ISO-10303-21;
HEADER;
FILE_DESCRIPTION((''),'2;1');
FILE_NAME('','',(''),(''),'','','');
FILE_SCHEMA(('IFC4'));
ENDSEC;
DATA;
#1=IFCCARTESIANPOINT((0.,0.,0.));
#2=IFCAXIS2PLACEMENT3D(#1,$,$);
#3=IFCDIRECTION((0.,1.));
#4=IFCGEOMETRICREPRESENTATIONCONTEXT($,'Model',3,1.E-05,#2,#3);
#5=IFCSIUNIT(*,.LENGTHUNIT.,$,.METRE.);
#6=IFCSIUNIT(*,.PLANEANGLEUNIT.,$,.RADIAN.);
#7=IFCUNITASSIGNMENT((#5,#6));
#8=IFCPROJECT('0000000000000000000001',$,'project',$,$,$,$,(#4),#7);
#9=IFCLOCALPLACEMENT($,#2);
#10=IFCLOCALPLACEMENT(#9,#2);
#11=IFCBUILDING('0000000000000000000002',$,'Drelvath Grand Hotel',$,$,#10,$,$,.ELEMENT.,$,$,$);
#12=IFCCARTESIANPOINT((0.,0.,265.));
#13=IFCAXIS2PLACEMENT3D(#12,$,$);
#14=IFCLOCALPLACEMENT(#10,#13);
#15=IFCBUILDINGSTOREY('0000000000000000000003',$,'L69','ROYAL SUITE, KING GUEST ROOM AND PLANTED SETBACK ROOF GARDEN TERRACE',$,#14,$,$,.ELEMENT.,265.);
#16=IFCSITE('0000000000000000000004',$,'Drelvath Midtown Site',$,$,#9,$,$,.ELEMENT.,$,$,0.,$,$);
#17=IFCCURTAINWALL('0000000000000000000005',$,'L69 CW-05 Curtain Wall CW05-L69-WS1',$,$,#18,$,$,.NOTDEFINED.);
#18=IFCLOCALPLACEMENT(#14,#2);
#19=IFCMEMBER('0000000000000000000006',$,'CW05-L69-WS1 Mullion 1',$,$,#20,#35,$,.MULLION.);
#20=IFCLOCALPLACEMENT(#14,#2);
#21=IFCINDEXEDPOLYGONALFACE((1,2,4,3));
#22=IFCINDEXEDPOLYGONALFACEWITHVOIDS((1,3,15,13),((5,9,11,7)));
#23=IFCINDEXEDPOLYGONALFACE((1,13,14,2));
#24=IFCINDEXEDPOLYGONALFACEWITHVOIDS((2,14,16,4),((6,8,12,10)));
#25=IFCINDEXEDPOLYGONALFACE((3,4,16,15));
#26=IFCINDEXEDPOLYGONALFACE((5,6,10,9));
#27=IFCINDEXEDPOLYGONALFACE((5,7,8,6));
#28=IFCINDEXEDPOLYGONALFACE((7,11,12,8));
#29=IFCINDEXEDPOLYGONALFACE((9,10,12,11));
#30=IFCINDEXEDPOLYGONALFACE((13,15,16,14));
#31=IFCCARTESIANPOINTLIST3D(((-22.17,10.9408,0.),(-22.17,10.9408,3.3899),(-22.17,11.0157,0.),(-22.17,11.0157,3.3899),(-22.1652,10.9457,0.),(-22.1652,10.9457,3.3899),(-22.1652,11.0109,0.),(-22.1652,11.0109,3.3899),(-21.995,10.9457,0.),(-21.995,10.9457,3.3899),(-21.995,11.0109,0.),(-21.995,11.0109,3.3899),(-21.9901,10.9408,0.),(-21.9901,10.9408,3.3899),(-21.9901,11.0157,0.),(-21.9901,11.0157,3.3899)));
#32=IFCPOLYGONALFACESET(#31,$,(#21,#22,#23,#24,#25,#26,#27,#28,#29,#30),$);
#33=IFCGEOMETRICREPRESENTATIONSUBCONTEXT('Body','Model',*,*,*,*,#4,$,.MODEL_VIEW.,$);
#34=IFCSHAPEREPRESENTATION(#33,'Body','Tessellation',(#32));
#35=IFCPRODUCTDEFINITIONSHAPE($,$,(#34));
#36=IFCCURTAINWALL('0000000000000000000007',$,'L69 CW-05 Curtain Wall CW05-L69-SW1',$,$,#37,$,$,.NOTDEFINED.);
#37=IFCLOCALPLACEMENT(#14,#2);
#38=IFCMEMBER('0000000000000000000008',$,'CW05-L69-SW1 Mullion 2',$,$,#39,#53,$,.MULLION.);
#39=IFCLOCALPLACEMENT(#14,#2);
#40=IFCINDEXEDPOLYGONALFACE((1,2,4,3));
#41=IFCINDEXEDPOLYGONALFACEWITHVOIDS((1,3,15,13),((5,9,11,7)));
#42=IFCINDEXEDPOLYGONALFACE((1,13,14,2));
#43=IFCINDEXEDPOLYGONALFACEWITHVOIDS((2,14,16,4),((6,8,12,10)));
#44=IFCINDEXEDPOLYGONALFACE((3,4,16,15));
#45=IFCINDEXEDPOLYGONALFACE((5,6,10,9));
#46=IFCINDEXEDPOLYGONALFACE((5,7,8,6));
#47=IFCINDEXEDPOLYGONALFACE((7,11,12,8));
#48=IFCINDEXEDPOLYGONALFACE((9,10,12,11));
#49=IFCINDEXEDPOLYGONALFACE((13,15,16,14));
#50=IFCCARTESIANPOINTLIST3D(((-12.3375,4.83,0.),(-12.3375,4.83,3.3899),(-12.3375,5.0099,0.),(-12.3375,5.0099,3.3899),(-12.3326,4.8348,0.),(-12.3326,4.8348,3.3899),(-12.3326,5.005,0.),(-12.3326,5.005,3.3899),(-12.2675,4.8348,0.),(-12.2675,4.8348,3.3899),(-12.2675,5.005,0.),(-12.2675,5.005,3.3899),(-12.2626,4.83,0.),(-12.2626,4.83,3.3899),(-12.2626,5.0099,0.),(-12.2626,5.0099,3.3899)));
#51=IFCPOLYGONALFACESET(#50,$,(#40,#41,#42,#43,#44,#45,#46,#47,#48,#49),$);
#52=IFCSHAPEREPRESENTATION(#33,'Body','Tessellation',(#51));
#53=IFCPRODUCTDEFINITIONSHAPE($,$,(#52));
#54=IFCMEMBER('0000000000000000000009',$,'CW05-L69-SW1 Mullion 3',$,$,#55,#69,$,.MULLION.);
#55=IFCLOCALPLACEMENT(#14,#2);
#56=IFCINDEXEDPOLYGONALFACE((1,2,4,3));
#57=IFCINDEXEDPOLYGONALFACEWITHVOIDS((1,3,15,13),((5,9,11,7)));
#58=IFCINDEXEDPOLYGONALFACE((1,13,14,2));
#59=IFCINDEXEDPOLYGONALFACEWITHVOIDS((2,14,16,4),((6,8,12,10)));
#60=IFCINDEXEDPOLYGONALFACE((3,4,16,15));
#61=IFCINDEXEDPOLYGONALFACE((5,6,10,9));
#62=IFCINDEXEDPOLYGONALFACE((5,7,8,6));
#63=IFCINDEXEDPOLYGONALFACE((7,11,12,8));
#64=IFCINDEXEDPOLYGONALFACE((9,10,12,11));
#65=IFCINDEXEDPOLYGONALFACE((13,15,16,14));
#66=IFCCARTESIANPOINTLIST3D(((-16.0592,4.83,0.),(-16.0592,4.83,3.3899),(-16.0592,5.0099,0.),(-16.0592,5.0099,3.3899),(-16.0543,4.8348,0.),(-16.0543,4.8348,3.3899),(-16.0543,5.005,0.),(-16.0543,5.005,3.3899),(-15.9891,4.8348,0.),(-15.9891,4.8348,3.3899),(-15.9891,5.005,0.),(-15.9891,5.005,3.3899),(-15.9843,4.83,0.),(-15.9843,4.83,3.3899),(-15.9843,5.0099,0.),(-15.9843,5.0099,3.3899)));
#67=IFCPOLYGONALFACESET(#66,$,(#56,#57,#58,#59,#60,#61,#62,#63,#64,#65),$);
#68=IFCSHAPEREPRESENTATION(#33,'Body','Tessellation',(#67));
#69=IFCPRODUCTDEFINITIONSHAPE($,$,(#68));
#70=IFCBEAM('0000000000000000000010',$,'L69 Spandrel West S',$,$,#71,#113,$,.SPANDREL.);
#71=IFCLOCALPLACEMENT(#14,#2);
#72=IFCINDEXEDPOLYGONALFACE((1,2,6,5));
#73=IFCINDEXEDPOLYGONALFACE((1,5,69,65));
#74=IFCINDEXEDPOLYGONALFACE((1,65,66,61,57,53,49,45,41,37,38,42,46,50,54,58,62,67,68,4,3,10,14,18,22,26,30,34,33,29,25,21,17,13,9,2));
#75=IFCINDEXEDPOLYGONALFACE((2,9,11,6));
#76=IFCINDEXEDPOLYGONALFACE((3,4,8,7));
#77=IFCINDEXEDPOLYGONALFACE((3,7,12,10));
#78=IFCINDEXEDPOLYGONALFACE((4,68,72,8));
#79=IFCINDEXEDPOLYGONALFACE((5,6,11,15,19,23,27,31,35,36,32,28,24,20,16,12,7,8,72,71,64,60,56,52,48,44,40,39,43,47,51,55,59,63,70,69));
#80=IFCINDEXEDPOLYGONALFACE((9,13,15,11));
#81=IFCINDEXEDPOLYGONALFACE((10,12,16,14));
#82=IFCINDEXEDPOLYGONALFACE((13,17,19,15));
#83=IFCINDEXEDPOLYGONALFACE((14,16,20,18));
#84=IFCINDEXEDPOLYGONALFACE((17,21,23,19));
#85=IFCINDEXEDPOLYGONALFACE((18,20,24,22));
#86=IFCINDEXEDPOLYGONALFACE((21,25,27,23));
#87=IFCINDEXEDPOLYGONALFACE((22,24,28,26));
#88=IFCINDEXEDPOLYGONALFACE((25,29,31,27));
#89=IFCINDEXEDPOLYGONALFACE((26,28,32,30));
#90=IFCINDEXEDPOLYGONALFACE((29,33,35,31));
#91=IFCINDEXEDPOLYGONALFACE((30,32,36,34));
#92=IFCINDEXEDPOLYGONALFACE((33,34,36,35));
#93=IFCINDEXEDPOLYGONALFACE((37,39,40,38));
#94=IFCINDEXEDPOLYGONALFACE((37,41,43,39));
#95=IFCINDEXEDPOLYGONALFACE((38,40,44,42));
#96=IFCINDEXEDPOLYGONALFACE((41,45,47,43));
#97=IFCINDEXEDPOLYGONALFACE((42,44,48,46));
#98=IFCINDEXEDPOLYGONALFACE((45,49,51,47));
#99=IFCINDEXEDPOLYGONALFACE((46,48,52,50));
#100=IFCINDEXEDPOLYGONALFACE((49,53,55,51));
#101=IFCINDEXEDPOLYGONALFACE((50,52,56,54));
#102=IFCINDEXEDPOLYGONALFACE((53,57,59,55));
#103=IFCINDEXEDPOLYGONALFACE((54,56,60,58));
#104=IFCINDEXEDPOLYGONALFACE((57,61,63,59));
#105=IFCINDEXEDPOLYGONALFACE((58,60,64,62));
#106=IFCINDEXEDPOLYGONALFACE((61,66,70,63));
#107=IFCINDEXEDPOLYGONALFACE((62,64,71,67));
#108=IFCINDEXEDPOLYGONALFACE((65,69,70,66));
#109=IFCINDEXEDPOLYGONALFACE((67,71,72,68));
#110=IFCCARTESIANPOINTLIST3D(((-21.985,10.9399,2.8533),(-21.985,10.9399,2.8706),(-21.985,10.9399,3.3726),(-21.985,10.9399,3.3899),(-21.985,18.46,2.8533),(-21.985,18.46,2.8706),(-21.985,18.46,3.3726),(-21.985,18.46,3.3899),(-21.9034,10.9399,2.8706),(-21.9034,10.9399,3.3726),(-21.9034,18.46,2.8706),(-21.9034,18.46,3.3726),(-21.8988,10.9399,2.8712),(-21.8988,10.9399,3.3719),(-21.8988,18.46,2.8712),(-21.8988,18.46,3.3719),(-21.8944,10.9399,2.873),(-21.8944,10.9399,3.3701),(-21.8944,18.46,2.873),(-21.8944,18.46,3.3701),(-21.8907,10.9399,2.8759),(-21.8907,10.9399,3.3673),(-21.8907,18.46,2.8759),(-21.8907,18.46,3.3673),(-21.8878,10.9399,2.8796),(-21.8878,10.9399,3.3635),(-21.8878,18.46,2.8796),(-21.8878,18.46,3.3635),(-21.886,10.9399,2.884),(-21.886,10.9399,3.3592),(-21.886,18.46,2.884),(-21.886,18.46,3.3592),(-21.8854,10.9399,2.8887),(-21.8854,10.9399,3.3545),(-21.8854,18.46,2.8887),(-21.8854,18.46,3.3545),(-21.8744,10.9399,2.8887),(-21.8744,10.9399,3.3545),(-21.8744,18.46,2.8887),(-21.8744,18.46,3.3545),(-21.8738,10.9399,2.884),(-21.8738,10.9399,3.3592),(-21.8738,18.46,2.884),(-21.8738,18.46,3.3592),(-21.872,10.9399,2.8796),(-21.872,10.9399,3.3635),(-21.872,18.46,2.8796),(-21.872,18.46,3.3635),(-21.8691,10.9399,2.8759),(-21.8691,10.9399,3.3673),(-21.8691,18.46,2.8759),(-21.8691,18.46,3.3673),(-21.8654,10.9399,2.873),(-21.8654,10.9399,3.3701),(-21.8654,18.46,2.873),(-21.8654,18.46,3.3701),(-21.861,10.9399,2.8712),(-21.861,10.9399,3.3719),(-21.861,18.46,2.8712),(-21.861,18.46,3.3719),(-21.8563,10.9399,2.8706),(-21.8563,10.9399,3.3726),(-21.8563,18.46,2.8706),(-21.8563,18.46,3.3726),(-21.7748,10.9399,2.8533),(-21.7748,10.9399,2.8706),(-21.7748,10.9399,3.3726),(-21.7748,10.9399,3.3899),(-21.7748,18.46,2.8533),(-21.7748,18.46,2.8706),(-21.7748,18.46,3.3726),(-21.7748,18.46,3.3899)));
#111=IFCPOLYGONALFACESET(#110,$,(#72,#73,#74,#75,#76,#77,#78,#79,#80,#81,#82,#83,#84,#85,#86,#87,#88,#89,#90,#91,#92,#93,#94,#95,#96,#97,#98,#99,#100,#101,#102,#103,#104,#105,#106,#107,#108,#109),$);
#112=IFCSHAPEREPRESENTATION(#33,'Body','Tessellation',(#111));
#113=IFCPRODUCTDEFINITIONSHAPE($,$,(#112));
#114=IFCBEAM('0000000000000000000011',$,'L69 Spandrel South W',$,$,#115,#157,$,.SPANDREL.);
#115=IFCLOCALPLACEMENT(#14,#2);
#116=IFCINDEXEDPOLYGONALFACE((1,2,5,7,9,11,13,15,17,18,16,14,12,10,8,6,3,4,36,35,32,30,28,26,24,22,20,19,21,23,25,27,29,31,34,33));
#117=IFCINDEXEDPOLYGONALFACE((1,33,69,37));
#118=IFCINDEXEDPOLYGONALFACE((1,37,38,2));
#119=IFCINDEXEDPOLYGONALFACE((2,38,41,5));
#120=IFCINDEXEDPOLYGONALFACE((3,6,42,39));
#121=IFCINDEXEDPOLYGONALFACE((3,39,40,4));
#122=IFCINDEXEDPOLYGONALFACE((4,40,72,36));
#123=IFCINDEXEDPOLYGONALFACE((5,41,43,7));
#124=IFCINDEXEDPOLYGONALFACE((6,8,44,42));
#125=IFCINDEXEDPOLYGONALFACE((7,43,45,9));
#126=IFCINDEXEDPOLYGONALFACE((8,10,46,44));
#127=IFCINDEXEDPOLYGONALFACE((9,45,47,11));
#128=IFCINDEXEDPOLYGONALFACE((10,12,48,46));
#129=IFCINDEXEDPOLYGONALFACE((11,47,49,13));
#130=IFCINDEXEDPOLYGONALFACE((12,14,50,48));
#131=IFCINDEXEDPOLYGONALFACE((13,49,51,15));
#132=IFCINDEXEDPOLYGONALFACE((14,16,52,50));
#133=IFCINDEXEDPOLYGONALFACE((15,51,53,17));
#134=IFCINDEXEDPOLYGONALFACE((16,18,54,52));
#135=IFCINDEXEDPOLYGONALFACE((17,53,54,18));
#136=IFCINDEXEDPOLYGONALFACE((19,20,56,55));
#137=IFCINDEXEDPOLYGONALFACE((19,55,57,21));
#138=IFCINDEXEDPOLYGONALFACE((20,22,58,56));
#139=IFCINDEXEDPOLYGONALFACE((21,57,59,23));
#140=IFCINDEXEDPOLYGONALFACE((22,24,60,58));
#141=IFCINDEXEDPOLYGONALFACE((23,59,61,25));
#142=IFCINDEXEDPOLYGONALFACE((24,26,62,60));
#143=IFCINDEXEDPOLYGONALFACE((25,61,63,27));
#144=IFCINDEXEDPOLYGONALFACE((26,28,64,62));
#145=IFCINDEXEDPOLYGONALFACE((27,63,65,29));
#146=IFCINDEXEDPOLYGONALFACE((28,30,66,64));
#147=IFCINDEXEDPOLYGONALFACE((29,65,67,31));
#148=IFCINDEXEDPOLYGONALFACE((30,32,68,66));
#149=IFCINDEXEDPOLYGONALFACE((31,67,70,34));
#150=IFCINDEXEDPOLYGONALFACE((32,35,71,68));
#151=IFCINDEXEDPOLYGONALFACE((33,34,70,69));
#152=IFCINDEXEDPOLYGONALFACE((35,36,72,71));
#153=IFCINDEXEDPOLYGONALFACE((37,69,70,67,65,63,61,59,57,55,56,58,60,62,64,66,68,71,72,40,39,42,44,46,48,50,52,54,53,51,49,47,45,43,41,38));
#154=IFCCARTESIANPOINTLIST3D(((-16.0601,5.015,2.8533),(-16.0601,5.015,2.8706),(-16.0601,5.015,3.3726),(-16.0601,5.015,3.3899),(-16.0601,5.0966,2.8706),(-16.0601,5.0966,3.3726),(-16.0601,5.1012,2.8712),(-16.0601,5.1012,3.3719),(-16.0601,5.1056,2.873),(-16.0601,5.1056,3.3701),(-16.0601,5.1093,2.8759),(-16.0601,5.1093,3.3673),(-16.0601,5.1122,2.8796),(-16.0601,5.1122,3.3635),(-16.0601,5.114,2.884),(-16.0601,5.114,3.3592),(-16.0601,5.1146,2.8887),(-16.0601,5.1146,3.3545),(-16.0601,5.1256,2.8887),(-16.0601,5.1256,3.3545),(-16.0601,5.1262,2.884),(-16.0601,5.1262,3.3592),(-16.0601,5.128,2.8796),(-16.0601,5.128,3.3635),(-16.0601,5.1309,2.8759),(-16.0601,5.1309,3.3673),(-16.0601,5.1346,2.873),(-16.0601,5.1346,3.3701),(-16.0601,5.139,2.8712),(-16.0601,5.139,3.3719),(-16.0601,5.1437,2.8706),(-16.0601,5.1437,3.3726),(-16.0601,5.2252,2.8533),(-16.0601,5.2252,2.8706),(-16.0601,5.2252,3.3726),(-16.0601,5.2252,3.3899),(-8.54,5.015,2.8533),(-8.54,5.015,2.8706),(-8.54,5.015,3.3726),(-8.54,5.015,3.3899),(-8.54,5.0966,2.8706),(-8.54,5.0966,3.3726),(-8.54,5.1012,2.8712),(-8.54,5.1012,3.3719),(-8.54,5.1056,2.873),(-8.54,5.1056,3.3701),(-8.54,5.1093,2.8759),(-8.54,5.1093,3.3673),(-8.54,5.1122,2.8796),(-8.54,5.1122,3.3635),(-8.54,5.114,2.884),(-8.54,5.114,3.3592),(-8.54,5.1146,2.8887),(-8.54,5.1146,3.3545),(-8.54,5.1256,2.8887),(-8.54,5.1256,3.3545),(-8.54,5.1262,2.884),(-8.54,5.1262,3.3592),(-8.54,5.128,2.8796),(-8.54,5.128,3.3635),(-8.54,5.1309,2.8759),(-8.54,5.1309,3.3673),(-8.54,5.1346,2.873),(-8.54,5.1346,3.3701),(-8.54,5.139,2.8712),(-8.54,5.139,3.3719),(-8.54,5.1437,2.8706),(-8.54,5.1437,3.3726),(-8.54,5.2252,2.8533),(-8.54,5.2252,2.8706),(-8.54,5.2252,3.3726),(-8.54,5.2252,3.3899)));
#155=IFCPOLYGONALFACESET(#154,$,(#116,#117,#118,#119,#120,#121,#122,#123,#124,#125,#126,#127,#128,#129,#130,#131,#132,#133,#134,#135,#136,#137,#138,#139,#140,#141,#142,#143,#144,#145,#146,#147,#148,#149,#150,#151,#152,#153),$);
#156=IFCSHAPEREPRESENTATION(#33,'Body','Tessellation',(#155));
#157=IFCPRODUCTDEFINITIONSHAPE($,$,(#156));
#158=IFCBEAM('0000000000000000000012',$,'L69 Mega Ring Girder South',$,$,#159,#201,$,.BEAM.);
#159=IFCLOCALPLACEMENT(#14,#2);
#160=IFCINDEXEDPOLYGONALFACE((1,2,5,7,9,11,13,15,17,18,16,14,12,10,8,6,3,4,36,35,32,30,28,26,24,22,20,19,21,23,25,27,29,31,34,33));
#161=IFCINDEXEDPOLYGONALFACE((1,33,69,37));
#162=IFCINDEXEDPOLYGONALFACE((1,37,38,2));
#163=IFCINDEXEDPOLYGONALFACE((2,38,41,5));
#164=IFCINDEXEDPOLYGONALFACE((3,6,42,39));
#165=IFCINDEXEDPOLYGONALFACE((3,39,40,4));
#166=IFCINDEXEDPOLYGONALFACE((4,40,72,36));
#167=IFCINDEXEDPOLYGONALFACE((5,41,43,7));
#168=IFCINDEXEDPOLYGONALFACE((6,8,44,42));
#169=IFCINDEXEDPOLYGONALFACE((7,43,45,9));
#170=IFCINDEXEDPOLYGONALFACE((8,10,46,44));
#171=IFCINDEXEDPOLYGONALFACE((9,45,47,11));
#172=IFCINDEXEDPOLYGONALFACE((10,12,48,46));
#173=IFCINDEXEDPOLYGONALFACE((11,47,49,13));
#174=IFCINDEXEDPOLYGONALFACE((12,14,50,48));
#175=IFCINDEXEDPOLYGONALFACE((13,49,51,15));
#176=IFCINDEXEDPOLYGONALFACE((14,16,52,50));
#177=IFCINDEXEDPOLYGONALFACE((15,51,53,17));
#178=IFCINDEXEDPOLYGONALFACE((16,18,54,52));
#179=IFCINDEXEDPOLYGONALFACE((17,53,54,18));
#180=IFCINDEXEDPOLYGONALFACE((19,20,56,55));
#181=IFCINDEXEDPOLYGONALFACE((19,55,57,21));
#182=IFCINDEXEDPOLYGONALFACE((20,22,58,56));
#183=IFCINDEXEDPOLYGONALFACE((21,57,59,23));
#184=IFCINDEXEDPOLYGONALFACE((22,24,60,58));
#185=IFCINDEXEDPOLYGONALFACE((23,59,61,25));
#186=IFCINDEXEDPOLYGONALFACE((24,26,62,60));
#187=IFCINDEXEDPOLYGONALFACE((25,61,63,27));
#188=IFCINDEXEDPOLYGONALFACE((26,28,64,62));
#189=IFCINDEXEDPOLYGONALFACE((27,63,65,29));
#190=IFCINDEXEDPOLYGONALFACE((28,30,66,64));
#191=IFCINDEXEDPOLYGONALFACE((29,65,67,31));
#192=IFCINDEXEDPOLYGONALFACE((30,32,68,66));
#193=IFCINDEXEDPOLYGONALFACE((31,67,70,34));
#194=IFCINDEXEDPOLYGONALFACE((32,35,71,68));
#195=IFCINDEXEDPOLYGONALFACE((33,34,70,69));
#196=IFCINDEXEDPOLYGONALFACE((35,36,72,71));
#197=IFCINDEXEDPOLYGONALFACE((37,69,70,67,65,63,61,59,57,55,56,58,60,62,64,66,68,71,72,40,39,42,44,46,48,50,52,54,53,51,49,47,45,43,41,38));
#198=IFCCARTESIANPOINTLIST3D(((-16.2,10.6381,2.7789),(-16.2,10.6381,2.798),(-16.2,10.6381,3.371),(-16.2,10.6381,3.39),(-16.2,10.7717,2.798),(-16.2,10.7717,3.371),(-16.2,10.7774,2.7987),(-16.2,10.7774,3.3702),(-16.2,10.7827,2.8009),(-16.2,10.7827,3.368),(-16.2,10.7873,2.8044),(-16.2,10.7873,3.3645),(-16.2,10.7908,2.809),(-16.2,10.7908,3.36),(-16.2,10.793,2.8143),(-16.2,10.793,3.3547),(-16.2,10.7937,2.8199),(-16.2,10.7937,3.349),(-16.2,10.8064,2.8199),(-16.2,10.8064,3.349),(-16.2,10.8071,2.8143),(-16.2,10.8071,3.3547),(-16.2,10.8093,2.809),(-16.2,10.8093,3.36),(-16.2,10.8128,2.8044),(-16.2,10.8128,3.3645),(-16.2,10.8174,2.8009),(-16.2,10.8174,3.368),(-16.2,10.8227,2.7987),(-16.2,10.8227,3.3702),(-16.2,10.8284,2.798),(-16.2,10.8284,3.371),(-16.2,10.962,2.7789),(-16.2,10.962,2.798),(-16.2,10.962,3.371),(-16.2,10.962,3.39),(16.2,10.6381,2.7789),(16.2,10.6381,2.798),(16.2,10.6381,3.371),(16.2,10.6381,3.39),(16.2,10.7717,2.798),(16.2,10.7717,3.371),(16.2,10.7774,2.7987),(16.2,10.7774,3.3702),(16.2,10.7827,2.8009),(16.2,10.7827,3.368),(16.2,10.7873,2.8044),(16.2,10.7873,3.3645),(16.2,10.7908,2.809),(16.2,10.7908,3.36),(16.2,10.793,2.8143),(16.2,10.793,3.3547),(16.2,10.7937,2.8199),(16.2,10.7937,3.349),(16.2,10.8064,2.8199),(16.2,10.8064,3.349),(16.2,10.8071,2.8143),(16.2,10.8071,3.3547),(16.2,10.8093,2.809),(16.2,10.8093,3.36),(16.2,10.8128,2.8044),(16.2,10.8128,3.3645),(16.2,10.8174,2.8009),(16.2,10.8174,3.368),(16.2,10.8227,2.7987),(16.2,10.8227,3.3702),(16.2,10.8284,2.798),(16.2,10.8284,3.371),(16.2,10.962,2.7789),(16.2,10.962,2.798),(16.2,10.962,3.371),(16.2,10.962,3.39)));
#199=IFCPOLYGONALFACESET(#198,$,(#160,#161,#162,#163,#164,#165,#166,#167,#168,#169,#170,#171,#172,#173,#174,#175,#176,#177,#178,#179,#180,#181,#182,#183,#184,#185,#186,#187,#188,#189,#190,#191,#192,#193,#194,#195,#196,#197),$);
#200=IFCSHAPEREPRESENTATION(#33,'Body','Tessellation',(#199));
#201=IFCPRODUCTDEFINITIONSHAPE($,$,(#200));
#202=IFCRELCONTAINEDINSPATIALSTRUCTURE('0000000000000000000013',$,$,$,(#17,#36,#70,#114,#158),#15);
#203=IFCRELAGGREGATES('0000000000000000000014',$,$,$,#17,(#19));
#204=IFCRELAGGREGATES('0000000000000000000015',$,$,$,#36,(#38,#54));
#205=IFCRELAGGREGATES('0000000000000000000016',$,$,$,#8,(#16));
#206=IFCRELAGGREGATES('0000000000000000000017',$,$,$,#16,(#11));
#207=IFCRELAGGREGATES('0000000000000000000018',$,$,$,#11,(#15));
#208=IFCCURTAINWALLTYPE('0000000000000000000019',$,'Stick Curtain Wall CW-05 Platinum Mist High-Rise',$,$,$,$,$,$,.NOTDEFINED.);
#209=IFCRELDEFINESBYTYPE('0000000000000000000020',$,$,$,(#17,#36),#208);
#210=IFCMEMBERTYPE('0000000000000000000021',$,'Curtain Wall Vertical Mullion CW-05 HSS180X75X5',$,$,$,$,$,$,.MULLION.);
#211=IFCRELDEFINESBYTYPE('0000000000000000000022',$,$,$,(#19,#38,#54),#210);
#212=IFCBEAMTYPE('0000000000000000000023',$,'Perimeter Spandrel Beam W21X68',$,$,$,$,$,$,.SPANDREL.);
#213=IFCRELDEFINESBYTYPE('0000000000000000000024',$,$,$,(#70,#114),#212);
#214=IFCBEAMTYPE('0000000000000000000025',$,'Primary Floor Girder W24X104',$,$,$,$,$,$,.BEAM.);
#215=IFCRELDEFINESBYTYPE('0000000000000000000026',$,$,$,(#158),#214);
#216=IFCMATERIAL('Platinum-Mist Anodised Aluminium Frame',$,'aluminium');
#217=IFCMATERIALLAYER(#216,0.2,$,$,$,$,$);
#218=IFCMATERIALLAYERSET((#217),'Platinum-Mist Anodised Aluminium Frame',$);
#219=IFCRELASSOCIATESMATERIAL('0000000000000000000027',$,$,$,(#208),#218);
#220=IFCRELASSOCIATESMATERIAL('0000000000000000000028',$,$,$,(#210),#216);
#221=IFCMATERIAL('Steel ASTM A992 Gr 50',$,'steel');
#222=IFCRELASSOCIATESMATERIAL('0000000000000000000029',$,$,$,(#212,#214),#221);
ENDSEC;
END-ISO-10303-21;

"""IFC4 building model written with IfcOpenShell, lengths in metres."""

from ifc_helpers import new_model, si_unit, direction, frame, origin, origin_2d, place, context, subcontext, project, spatial, hollow_rectangle, i_section, extrude, material, layer, layer_set, material_profile, profile_set, type_object, element, aggregate, save


model = new_model("IFC4")

# Units and contexts
model_context = context("Model", 3, precision=1e-05, world=origin(), true_north=direction((0.0, 1.0)))
body_context = subcontext(model_context, "Body", "Model", "MODEL_VIEW")
ifc_project = project(units=[si_unit("LENGTHUNIT", "METRE"), si_unit("PLANEANGLEUNIT", "RADIAN")], contexts=[model_context])

# Site, building, storey
site_placement = place(None, origin())
site = spatial("IfcSite", under=ifc_project, at=site_placement, Name="Drelvath Midtown Site", CompositionType="ELEMENT", RefElevation=0.0)
building_placement = place(site_placement, origin())
building = spatial("IfcBuilding", under=site, at=building_placement, Name="Drelvath Grand Hotel", CompositionType="ELEMENT")
storey_placement = place(building_placement, frame((0.0, 0.0, 265.0)))
storey = spatial("IfcBuildingStorey", under=building, at=storey_placement, Name="L69", Description="ROYAL SUITE, KING GUEST ROOM AND PLANTED SETBACK ROOF GARDEN TERRACE", CompositionType="ELEMENT", Elevation=265.0)

# Shared definitions
ifc_material_1 = material(Name="Steel ASTM A992 Gr 50", Category="steel")

# Curtain walls, members
ifc_material_2 = material(Name="Platinum-Mist Anodised Aluminium Frame", Category="aluminium")
ifc_layer_1 = layer(ifc_material_2, 0.2)
ifc_layer_set_1 = layer_set([ifc_layer_1], Name="Platinum-Mist Anodised Aluminium Frame")
curtain_wall_type = type_object("IfcCurtainWallType", Name="Stick Curtain Wall CW-05 Platinum Mist High-Rise", PredefinedType="NOTDEFINED", material=ifc_layer_set_1)
curtain_wall_1_placement = place(storey_placement, origin())
curtain_wall_1 = element("IfcCurtainWall", 1, at=curtain_wall_1_placement, inside=storey, type_object=curtain_wall_type, Name="L69 CW-05 Curtain Wall CW05-L69-WS1", PredefinedType="NOTDEFINED")
ifc_material_profile_1 = material_profile(ifc_material_2, hollow_rectangle(XDim=0.075, YDim=0.1799, WallThickness=0.0049, at=origin_2d()), Name="HSS180X75X5")
ifc_profile_set_1 = profile_set([ifc_material_profile_1], Name="Platinum-Mist Anodised Aluminium Frame")
member_type_1 = type_object("IfcMemberType", Name="Curtain Wall Vertical Mullion CW-05 HSS180X75X5", PredefinedType="MULLION", material=ifc_profile_set_1)
member_1_placement = place(storey_placement, frame((-22.0801, 10.9783, 0.0), z_axis=(0.0, 0.0, 1.0), x_axis=(0.0, 1.0, 0.0)))
member_1 = element("IfcMember", 2, at=member_1_placement, type_object=member_type_1, Name="CW05-L69-WS1 Mullion 1", PredefinedType="MULLION", context=body_context, shape_type="SweptSolid", body=[
    extrude(hollow_rectangle(XDim=0.075, YDim=0.1799, WallThickness=0.0049, at=origin_2d()), origin(), (0.0, 0.0, 1.0), 3.3899),
])
curtain_wall_2_placement = place(storey_placement, origin())
curtain_wall_2 = element("IfcCurtainWall", 3, at=curtain_wall_2_placement, inside=storey, type_object=curtain_wall_type, Name="L69 CW-05 Curtain Wall CW05-L69-SW1", PredefinedType="NOTDEFINED")
member_2_placement = place(storey_placement, frame((-12.3, 4.9199, 0.0), z_axis=(0.0, 0.0, 1.0), x_axis=(1.0, 0.0, 0.0)))
member_2 = element("IfcMember", 4, at=member_2_placement, type_object=member_type_1, Name="CW05-L69-SW1 Mullion 2", PredefinedType="MULLION", context=body_context, shape_type="SweptSolid", body=[
    extrude(hollow_rectangle(XDim=0.075, YDim=0.1799, WallThickness=0.0049, at=origin_2d()), origin(), (0.0, 0.0, 1.0), 3.3899),
])
member_3_placement = place(storey_placement, frame((-16.0217, 4.9199, 0.0), z_axis=(0.0, 0.0, 1.0), x_axis=(1.0, 0.0, 0.0)))
member_3 = element("IfcMember", 5, at=member_3_placement, type_object=member_type_1, Name="CW05-L69-SW1 Mullion 3", PredefinedType="MULLION", context=body_context, shape_type="SweptSolid", body=[
    extrude(hollow_rectangle(XDim=0.075, YDim=0.1799, WallThickness=0.0049, at=origin_2d()), origin(), (0.0, 0.0, 1.0), 3.3899),
])

# Beams
ifc_material_profile_2 = material_profile(ifc_material_1, i_section(OverallWidth=0.2102, OverallDepth=0.5366, WebThickness=0.011, FlangeThickness=0.0173, FilletRadius=0.0181, at=origin_2d()), Name="W21X68")
ifc_profile_set_2 = profile_set([ifc_material_profile_2], Name="Steel ASTM A992 Gr 50")
beam_type_1 = type_object("IfcBeamType", Name="Perimeter Spandrel Beam W21X68", PredefinedType="SPANDREL", material=ifc_profile_set_2)
for number, where, z_axis, x_axis, name in (
    (6, (-21.8799, 10.9399, 3.1216), (0.0, 1.0, 0.0), (-1.0, 0.0, 0.0), "L69 Spandrel West S"),
    (7, (-16.0601, 5.1201, 3.1216), (1.0, 0.0, 0.0), (0.0, 1.0, 0.0), "L69 Spandrel South W"),
):
    element("IfcBeam", number, at=place(storey_placement, frame(where, z_axis=z_axis, x_axis=x_axis)), inside=storey, type_object=beam_type_1, Name=name, PredefinedType="SPANDREL", context=body_context, shape_type="SweptSolid", body=[
        extrude(i_section(OverallWidth=0.2102, OverallDepth=0.5366, WebThickness=0.011, FlangeThickness=0.0173, FilletRadius=0.0181, at=origin_2d()), origin(), (0.0, 0.0, 1.0), 7.52),
    ])
ifc_material_profile_3 = material_profile(ifc_material_1, i_section(OverallWidth=0.324, OverallDepth=0.6111, WebThickness=0.0127, FlangeThickness=0.019, FilletRadius=0.022, at=origin_2d()), Name="W24X104")
ifc_profile_set_3 = profile_set([ifc_material_profile_3], Name="Steel ASTM A992 Gr 50")
beam_type_2 = type_object("IfcBeamType", Name="Primary Floor Girder W24X104", PredefinedType="BEAM", material=ifc_profile_set_3)
for number, where, z_axis, x_axis, name in (
    (8, (-16.2, 10.8, 3.0845), (1.0, 0.0, 0.0), (0.0, 1.0, 0.0), "L69 Mega Ring Girder South"),
):
    element("IfcBeam", number, at=place(storey_placement, frame(where, z_axis=z_axis, x_axis=x_axis)), inside=storey, type_object=beam_type_2, Name=name, PredefinedType="BEAM", context=body_context, shape_type="SweptSolid", body=[
        extrude(i_section(OverallWidth=0.324, OverallDepth=0.6111, WebThickness=0.0127, FlangeThickness=0.019, FilletRadius=0.022, at=origin_2d()), origin(), (0.0, 0.0, 1.0), 32.3999),
    ])

aggregate(curtain_wall_1, [member_1])
aggregate(curtain_wall_2, [member_2, member_3])

save(model, "model.ifc")
